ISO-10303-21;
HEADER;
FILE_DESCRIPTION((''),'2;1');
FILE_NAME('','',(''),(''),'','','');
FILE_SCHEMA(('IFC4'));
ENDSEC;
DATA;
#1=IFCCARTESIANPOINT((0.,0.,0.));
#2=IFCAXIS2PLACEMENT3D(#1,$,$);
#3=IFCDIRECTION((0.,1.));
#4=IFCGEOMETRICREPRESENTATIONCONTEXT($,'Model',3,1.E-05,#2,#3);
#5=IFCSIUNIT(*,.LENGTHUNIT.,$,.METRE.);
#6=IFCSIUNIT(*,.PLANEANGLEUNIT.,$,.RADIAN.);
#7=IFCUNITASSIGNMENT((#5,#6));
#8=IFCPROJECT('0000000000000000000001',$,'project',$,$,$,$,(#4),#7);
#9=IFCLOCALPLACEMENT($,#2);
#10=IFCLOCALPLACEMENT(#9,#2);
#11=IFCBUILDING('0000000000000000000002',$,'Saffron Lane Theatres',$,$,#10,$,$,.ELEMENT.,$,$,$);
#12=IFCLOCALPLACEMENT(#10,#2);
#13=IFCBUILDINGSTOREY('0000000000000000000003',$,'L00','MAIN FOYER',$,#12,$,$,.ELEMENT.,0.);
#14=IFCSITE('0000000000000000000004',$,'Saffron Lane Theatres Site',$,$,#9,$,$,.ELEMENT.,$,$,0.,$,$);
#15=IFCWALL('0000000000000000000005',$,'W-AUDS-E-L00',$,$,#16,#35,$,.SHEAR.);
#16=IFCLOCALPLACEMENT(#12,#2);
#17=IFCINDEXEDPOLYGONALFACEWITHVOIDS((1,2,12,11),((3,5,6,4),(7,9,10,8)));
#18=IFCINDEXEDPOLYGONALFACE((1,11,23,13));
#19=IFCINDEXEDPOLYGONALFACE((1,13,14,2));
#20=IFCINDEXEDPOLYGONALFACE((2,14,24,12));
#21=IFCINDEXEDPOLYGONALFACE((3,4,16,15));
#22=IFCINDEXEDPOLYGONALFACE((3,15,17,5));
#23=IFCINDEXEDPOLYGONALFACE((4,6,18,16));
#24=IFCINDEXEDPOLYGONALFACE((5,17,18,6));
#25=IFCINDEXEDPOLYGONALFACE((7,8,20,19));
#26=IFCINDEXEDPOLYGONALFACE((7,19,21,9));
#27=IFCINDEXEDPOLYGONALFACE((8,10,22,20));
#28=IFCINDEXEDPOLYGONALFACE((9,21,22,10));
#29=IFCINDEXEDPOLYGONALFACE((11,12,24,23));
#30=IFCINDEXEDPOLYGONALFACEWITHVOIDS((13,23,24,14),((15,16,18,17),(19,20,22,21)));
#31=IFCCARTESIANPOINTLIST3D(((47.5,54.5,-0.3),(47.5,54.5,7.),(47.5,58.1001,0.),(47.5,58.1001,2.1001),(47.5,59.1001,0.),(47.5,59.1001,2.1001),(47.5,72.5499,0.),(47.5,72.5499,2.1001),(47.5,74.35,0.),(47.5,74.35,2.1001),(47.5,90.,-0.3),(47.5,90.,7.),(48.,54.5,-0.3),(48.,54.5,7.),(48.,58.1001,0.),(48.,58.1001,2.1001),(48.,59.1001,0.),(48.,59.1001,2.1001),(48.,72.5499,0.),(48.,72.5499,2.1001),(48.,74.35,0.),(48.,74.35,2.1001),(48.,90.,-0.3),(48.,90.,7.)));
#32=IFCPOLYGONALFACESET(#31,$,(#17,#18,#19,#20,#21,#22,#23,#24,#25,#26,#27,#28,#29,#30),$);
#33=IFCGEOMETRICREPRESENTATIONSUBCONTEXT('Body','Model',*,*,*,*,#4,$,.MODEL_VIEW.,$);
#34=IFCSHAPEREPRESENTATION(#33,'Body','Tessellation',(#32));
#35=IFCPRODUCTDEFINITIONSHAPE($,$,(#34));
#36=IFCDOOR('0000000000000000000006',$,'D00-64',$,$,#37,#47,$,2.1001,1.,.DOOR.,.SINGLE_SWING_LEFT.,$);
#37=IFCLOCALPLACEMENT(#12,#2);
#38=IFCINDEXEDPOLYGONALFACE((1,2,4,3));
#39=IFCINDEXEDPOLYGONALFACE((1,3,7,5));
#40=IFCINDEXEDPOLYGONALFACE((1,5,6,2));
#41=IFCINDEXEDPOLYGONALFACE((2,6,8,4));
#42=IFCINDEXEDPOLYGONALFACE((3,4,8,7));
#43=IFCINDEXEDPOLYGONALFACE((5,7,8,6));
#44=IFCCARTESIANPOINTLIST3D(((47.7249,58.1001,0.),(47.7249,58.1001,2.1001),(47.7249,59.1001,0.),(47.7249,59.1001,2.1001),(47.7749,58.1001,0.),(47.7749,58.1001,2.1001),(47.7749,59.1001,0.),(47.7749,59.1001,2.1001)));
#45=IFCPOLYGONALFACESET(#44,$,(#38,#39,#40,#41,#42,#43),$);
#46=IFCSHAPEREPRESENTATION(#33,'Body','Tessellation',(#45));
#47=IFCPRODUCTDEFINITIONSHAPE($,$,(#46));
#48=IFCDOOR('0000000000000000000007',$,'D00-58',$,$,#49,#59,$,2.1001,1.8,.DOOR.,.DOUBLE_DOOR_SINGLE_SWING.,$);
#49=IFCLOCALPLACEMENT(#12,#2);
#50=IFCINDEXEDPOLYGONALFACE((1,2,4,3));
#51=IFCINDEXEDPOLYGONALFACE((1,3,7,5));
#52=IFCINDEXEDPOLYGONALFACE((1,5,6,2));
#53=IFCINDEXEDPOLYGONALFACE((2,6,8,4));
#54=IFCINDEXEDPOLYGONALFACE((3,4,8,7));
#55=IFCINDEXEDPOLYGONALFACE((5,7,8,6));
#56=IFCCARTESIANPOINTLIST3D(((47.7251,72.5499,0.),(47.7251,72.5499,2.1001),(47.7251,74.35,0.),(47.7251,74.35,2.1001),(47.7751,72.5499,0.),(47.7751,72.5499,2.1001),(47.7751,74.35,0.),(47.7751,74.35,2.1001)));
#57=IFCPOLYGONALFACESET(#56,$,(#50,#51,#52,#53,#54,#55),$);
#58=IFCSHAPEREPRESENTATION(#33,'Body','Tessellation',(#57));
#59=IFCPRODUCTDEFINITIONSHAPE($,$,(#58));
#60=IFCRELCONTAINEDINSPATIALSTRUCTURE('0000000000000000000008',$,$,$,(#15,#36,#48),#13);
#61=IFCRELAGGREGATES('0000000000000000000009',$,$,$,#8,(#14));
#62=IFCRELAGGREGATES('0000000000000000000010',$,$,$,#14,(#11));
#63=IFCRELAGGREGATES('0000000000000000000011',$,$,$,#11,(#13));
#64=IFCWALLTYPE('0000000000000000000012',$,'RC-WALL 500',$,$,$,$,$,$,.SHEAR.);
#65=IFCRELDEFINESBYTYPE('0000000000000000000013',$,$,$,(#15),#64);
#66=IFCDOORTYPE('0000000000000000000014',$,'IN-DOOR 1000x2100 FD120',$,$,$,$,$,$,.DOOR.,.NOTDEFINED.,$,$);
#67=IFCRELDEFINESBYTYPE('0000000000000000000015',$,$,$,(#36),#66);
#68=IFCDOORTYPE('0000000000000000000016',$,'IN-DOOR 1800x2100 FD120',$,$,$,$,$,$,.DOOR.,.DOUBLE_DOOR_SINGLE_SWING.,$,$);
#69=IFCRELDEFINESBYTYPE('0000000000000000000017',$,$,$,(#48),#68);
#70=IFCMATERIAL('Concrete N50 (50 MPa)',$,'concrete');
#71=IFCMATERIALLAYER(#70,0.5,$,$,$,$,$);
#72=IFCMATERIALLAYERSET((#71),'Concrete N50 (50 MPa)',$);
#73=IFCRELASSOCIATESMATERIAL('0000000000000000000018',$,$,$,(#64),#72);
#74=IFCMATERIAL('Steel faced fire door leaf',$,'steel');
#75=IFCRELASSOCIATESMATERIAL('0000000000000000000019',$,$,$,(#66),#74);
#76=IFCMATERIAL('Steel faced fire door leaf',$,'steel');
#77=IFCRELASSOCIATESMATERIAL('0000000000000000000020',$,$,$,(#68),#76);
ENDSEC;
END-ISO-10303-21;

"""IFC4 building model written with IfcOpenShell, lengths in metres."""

from ifc_helpers import new_model, si_unit, direction, frame, frame_2d, origin, place, context, subcontext, project, spatial, rectangle, extrude, material, layer, layer_set, type_object, element, fill, save


model = new_model("IFC4")

# Units and contexts
model_context = context("Model", 3, precision=1e-05, world=origin(), true_north=direction((0.0, 1.0)))
body_context = subcontext(model_context, "Body", "Model", "MODEL_VIEW")
ifc_project = project(units=[si_unit("LENGTHUNIT", "METRE"), si_unit("PLANEANGLEUNIT", "RADIAN")], contexts=[model_context])

# Site, building, storey
site_placement = place(None, origin())
site = spatial("IfcSite", under=ifc_project, at=site_placement, Name="Saffron Lane Theatres Site", CompositionType="ELEMENT", RefElevation=0.0)
building_placement = place(site_placement, origin())
building = spatial("IfcBuilding", under=site, at=building_placement, Name="Saffron Lane Theatres", CompositionType="ELEMENT")
storey_placement = place(building_placement, origin())
storey = spatial("IfcBuildingStorey", under=building, at=storey_placement, Name="L00", Description="MAIN FOYER", CompositionType="ELEMENT", Elevation=0.0)

# Wall, openings, doors
ifc_material_1 = material(Name="Concrete N50 (50 MPa)", Category="concrete")
ifc_layer_1 = layer(ifc_material_1, 0.5)
ifc_layer_set_1 = layer_set([ifc_layer_1], Name="Concrete N50 (50 MPa)")
wall_type_1 = type_object("IfcWallType", Name="RC-WALL 500", PredefinedType="SHEAR", material=ifc_layer_set_1)
wall_1_placement = place(storey_placement, frame((47.75, 54.5, -0.3), z_axis=(0.0, 0.0, 1.0), x_axis=(0.0, 1.0, 0.0)))
wall_1 = element("IfcWall", 1, at=wall_1_placement, inside=storey, type_object=wall_type_1, Name="W-AUDS-E-L00", PredefinedType="SHEAR", context=body_context, shape_type="SweptSolid", body=[
    extrude(rectangle(XDim=35.5, YDim=0.5, at=frame_2d((17.75, 0.0))), origin(), (0.0, 0.0, 1.0), 7.3),
])
opening_1_placement = place(wall_1_placement, frame((18.05, 0.0, 0.3)))
opening_1 = element("IfcOpeningElement", 2, at=opening_1_placement, cuts=wall_1, PredefinedType="OPENING", context=body_context, shape_type="SweptSolid", body=[
    extrude(rectangle(XDim=1.8, YDim=2.1001, at=frame_2d((0.8999, 1.05))), frame((0.0, 0.26, 0.0), z_axis=(0.0, -1.0, 0.0), x_axis=(1.0, 0.0, 0.0)), (0.0, 0.0, 1.0), 0.52),
])
opening_2_placement = place(wall_1_placement, frame((3.6001, 0.0, 0.3)))
opening_2 = element("IfcOpeningElement", 3, at=opening_2_placement, cuts=wall_1, PredefinedType="OPENING", context=body_context, shape_type="SweptSolid", body=[
    extrude(rectangle(XDim=1.0, YDim=2.1001, at=frame_2d((0.5, 1.05))), frame((0.0, 0.26, 0.0), z_axis=(0.0, -1.0, 0.0), x_axis=(1.0, 0.0, 0.0)), (0.0, 0.0, 1.0), 0.52),
])
ifc_material_2 = material(Name="Steel faced fire door leaf", Category="steel")
door_type_1 = type_object("IfcDoorType", Name="IN-DOOR 1000x2100 FD120", OperationType="NOTDEFINED", PredefinedType="DOOR", material=ifc_material_2)
door_1_placement = place(opening_2_placement, frame((1.0, 0.0, 0.0), z_axis=(0.0, 0.0, 1.0), x_axis=(-1.0, 0.0, 0.0)))
door_1 = element("IfcDoor", 4, at=door_1_placement, inside=storey, type_object=door_type_1, Name="D00-64", OperationType="SINGLE_SWING_LEFT", OverallHeight=2.1001, OverallWidth=1.0, PredefinedType="DOOR", context=body_context, shape_type="SweptSolid", body=[
    extrude(rectangle(XDim=1.0, YDim=2.1001, at=frame_2d((0.5, 1.05))), frame((0.0, 0.0249, 0.0), z_axis=(0.0, -1.0, 0.0), x_axis=(1.0, 0.0, 0.0)), (0.0, 0.0, 1.0), 0.05),
])
fill(opening_2, door_1)
ifc_material_3 = material(Name="Steel faced fire door leaf", Category="steel")
door_type_2 = type_object("IfcDoorType", Name="IN-DOOR 1800x2100 FD120", OperationType="DOUBLE_DOOR_SINGLE_SWING", PredefinedType="DOOR", material=ifc_material_3)
door_2_placement = place(opening_1_placement, origin())
door_2 = element("IfcDoor", 5, at=door_2_placement, inside=storey, type_object=door_type_2, Name="D00-58", OperationType="DOUBLE_DOOR_SINGLE_SWING", OverallHeight=2.1001, OverallWidth=1.8, PredefinedType="DOOR", context=body_context, shape_type="SweptSolid", body=[
    extrude(rectangle(XDim=1.8, YDim=2.1001, at=frame_2d((0.8999, 1.05))), frame((0.0, 0.0249, 0.0), z_axis=(0.0, -1.0, 0.0), x_axis=(1.0, 0.0, 0.0)), (0.0, 0.0, 1.0), 0.05),
])
fill(opening_1, door_2)

save(model, "model.ifc")
